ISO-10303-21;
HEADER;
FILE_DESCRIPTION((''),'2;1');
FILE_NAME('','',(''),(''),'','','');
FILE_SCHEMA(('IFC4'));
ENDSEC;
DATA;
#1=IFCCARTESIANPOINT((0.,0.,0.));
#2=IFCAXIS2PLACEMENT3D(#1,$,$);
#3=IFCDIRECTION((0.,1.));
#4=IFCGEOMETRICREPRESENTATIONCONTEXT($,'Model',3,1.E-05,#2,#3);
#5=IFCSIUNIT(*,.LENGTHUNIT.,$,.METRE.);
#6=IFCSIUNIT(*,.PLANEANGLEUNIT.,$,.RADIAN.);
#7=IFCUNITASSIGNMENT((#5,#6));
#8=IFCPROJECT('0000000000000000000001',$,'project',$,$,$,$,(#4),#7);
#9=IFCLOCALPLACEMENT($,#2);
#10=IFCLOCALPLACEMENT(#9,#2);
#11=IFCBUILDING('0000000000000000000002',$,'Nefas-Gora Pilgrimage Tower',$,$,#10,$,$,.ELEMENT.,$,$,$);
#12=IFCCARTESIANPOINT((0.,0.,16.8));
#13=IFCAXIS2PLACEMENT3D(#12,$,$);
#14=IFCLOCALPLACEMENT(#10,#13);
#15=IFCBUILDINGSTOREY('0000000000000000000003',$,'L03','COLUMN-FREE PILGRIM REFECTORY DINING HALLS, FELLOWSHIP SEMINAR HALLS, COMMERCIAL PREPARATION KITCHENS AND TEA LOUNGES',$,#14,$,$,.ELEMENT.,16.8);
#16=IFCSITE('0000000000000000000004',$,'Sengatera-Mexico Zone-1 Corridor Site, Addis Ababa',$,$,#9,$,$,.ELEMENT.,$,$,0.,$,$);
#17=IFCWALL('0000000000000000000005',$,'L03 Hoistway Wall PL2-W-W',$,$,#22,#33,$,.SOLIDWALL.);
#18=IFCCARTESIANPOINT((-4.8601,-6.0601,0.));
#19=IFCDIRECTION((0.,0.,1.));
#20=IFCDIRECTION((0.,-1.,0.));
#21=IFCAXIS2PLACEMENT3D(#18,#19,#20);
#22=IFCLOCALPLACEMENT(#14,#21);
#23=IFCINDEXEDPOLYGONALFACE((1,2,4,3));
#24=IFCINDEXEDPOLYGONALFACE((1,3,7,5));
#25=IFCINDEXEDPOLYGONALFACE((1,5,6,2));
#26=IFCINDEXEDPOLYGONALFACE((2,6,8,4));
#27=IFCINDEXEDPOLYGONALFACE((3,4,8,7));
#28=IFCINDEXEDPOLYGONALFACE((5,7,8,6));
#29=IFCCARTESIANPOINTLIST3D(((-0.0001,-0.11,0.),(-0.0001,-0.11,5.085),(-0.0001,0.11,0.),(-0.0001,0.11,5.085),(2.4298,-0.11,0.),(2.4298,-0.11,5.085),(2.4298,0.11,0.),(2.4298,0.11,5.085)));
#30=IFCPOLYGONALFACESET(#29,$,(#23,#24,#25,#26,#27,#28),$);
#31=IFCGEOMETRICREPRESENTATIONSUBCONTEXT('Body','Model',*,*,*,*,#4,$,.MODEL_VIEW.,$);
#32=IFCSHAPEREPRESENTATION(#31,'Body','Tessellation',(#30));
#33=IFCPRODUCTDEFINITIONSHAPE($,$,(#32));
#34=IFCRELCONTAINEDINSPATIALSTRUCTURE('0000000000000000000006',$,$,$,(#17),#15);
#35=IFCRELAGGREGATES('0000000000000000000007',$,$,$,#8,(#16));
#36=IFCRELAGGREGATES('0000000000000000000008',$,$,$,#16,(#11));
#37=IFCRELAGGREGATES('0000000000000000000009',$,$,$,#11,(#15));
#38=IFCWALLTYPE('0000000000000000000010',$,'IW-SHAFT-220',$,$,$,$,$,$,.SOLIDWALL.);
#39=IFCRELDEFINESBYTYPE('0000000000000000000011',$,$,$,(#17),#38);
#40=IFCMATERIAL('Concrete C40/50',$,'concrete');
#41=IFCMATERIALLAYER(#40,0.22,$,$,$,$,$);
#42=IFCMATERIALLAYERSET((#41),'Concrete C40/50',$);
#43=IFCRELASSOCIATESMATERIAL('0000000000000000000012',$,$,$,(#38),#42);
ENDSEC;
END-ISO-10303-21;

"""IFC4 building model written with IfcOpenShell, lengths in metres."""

from ifc_helpers import new_model, si_unit, direction, frame, frame_2d, origin, place, context, subcontext, project, spatial, rectangle, extrude, source, transform, mapped, material, layer, layer_set, type_object, element, save


model = new_model("IFC4")

# Units and contexts
model_context = context("Model", 3, precision=1e-05, world=origin(), true_north=direction((0.0, 1.0)))
body_context = subcontext(model_context, "Body", "Model", "MODEL_VIEW")
ifc_project = project(units=[si_unit("LENGTHUNIT", "METRE"), si_unit("PLANEANGLEUNIT", "RADIAN")], contexts=[model_context])

# Site, building, storey
site_placement = place(None, origin())
site = spatial("IfcSite", under=ifc_project, at=site_placement, Name="Sengatera-Mexico Zone-1 Corridor Site, Addis Ababa", CompositionType="ELEMENT", RefElevation=0.0)
building_placement = place(site_placement, origin())
building = spatial("IfcBuilding", under=site, at=building_placement, Name="Nefas-Gora Pilgrimage Tower", CompositionType="ELEMENT")
storey_placement = place(building_placement, frame((0.0, 0.0, 16.8)))
storey = spatial("IfcBuildingStorey", under=building, at=storey_placement, Name="L03", Description="COLUMN-FREE PILGRIM REFECTORY DINING HALLS, FELLOWSHIP SEMINAR HALLS, COMMERCIAL PREPARATION KITCHENS AND TEA LOUNGES", CompositionType="ELEMENT", Elevation=16.8)

# Wall
ifc_material_1 = material(Name="Concrete C40/50", Category="concrete")
ifc_layer_1 = layer(ifc_material_1, 0.22)
ifc_layer_set_1 = layer_set([ifc_layer_1], Name="Concrete C40/50")
wall_type_1 = type_object("IfcWallType", Name="IW-SHAFT-220", PredefinedType="SOLIDWALL", material=ifc_layer_set_1)
shared_shape_1 = source(origin(), body_context, "Body", "SweptSolid", [
    extrude(rectangle(XDim=2.4299, YDim=0.22, at=frame_2d((1.2148, 0.0))), origin(), (0.0, 0.0, 1.0), 5.085),
])
wall_1_placement = place(storey_placement, frame((-4.8601, -6.0601, 0.0), z_axis=(0.0, 0.0, 1.0), x_axis=(0.0, -1.0, 0.0)))
element("IfcWall", 1, at=wall_1_placement, inside=storey, type_object=wall_type_1, Name="L03 Hoistway Wall PL2-W-W", PredefinedType="SOLIDWALL", context=body_context, shape_type="MappedRepresentation", body=[
    mapped(shared_shape_1, transform((0.0, 0.0, 0.0), x_axis=(1.0, 0.0, 0.0), y_axis=(0.0, 1.0, 0.0), z_axis=(0.0, 0.0, 1.0), scale=1.0)),
])

save(model, "model.ifc")
